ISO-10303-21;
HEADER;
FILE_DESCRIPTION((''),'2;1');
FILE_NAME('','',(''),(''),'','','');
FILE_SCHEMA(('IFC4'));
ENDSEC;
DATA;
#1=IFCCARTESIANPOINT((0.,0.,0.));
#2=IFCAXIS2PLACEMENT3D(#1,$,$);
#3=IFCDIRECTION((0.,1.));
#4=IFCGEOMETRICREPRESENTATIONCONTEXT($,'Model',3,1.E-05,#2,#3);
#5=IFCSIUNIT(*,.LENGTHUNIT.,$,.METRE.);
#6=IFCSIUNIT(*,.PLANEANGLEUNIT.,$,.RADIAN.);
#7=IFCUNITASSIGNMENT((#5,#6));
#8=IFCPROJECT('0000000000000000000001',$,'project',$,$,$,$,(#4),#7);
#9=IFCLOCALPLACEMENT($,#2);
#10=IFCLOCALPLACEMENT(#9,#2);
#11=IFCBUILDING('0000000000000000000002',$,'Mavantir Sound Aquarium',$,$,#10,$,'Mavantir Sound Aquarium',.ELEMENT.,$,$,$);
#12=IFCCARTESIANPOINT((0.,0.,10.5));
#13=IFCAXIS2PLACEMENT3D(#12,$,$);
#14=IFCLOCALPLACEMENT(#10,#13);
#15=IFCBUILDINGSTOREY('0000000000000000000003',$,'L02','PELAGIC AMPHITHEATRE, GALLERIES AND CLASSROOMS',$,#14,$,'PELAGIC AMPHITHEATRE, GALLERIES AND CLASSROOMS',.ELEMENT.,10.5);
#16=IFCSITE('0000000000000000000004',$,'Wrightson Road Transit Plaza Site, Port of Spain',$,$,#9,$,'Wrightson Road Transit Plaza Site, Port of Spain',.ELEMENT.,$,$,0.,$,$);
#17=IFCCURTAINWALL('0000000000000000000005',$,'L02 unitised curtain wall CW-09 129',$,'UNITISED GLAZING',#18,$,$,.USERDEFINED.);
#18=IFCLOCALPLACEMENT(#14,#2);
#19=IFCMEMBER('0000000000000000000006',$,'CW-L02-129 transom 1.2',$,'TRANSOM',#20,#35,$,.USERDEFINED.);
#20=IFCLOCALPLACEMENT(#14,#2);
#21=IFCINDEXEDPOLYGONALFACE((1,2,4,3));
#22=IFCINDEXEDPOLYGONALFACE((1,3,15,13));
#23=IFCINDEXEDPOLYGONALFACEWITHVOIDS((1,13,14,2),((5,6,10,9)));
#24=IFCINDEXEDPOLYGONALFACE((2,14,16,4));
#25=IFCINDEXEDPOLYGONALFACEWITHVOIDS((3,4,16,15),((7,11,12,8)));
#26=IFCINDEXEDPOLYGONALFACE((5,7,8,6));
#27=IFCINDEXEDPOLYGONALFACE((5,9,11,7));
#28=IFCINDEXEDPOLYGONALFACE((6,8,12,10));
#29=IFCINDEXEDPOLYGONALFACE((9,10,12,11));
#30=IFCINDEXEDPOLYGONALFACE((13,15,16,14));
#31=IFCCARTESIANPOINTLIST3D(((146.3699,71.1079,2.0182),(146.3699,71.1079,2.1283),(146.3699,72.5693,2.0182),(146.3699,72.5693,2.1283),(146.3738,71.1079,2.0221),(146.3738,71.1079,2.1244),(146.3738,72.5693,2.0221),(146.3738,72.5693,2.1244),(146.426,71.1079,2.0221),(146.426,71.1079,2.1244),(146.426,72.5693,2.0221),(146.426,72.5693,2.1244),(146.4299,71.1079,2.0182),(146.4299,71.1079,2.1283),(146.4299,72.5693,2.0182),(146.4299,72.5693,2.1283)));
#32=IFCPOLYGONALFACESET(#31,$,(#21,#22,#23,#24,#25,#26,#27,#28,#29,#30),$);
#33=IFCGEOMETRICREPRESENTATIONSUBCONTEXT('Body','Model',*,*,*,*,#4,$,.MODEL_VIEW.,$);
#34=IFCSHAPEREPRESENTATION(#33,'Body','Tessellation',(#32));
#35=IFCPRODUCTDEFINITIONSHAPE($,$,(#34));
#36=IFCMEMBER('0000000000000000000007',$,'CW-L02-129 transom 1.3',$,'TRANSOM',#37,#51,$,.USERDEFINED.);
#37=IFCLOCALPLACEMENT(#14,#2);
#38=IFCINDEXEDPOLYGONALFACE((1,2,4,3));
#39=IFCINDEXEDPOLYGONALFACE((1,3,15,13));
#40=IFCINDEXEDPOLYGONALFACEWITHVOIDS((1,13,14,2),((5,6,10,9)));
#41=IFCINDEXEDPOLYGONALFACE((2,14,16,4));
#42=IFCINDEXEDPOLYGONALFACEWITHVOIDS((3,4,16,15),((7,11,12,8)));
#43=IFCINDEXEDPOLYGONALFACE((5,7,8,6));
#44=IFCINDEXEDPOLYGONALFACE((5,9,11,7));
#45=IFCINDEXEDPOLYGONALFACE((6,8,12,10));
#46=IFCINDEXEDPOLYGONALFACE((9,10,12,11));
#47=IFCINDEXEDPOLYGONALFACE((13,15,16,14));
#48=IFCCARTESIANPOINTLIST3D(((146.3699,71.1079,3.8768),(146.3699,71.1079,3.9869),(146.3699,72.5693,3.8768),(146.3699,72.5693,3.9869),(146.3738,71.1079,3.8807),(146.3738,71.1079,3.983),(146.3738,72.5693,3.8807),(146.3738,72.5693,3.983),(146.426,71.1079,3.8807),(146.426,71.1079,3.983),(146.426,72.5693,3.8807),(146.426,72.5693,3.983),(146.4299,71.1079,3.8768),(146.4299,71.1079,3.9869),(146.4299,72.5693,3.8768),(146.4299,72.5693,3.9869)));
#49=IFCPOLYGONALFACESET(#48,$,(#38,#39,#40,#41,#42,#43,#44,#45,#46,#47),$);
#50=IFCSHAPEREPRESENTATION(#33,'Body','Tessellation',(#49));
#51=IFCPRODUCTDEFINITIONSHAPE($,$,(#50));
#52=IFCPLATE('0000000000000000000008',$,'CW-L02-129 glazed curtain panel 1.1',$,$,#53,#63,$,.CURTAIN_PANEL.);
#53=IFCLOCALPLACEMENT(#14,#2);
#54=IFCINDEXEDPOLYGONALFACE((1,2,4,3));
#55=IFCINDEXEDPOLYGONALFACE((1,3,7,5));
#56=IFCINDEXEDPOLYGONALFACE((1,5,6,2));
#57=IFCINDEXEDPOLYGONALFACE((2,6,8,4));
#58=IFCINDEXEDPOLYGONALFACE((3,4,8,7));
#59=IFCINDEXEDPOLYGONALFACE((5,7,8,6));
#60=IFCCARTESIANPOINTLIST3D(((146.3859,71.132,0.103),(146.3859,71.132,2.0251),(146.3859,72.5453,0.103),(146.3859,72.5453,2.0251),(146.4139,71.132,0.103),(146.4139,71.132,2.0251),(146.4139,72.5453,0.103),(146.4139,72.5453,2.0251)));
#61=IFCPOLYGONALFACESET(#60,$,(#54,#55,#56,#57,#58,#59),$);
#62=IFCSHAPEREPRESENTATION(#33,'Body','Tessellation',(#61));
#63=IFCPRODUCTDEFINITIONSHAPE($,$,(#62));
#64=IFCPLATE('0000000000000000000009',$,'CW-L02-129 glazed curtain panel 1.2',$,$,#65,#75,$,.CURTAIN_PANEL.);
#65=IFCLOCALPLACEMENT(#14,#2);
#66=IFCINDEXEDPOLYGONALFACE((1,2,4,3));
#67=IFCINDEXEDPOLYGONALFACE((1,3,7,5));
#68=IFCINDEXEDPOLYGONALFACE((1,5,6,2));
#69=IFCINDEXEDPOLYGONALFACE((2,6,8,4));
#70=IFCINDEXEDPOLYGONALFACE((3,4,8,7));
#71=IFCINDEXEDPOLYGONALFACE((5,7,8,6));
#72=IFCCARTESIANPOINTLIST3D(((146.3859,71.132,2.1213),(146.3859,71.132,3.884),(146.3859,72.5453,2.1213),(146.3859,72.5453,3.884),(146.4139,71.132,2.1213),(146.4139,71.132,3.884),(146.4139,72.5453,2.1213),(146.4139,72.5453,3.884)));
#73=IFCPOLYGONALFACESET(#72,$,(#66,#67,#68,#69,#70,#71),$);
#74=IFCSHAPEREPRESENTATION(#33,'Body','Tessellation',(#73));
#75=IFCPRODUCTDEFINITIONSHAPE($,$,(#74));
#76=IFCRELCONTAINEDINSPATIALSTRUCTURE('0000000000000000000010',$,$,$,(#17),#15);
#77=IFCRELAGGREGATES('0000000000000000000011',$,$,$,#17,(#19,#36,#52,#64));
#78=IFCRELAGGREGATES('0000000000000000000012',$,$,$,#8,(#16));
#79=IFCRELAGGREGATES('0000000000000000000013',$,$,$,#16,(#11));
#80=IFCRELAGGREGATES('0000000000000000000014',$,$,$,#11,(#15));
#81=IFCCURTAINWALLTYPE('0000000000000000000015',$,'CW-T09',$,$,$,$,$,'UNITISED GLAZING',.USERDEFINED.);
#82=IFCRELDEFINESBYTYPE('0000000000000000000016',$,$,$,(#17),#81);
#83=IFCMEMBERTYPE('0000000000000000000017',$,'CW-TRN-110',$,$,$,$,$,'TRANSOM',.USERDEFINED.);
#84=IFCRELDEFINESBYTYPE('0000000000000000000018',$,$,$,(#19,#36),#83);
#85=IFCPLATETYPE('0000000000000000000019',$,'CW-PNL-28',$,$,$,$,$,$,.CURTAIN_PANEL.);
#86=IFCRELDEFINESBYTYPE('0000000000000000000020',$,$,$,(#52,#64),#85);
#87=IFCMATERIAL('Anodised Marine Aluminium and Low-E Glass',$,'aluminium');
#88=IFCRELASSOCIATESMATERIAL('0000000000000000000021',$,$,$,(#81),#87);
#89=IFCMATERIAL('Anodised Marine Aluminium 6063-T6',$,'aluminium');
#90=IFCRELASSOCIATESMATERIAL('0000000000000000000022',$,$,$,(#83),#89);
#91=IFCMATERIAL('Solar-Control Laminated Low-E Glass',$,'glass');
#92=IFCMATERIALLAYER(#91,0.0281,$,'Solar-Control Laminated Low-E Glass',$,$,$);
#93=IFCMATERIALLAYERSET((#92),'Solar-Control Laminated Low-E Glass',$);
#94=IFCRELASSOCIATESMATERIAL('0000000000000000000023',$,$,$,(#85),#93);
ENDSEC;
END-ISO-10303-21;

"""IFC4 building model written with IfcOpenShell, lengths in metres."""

from ifc_helpers import new_model, si_unit, direction, frame, origin, origin_2d, place, context, subcontext, project, spatial, rectangle, hollow_rectangle, extrude, material, layer, layer_set, material_profile, profile_set, type_object, element, aggregate, save


model = new_model("IFC4")

# Units and contexts
model_context = context("Model", 3, precision=1e-05, world=origin(), true_north=direction((0.0, 1.0)))
body_context = subcontext(model_context, "Body", "Model", "MODEL_VIEW")
ifc_project = project(units=[si_unit("LENGTHUNIT", "METRE"), si_unit("PLANEANGLEUNIT", "RADIAN")], contexts=[model_context])

# Site, building, storey
site_placement = place(None, origin())
site = spatial("IfcSite", under=ifc_project, at=site_placement, Name="Wrightson Road Transit Plaza Site, Port of Spain", LongName="Wrightson Road Transit Plaza Site, Port of Spain", CompositionType="ELEMENT", RefElevation=0.0)
building_placement = place(site_placement, origin())
building = spatial("IfcBuilding", under=site, at=building_placement, Name="Mavantir Sound Aquarium", LongName="Mavantir Sound Aquarium", CompositionType="ELEMENT")
storey_placement = place(building_placement, frame((0.0, 0.0, 10.5)))
storey = spatial("IfcBuildingStorey", under=building, at=storey_placement, Name="L02", Description="PELAGIC AMPHITHEATRE, GALLERIES AND CLASSROOMS", LongName="PELAGIC AMPHITHEATRE, GALLERIES AND CLASSROOMS", CompositionType="ELEMENT", Elevation=10.5)

# Curtain wall, members, plates
ifc_material_1 = material(Name="Anodised Marine Aluminium and Low-E Glass", Category="aluminium")
curtain_wall_type = type_object("IfcCurtainWallType", Name="CW-T09", ElementType="UNITISED GLAZING", PredefinedType="USERDEFINED", material=ifc_material_1)
curtain_wall_placement = place(storey_placement, origin())
curtain_wall = element("IfcCurtainWall", 1, at=curtain_wall_placement, inside=storey, type_object=curtain_wall_type, Name="L02 unitised curtain wall CW-09 129", ObjectType="UNITISED GLAZING", PredefinedType="USERDEFINED")
ifc_material_2 = material(Name="Anodised Marine Aluminium 6063-T6", Category="aluminium")
ifc_material_profile_1 = material_profile(ifc_material_2, hollow_rectangle(XDim=0.0601, YDim=0.1101, WallThickness=0.0039, at=origin_2d()), Name="ALU-TRANSOM-110X60")
ifc_profile_set_1 = profile_set([ifc_material_profile_1], Name="Anodised Marine Aluminium 6063-T6")
member_type_1 = type_object("IfcMemberType", Name="CW-TRN-110", ElementType="TRANSOM", PredefinedType="USERDEFINED", material=ifc_profile_set_1)
member_1_placement = place(storey_placement, frame((146.3999, 71.1079, 2.0732), z_axis=(0.0, 1.0, 0.0), x_axis=(-1.0, 0.0, 0.0)))
member_1 = element("IfcMember", 2, at=member_1_placement, type_object=member_type_1, Name="CW-L02-129 transom 1.2", ObjectType="TRANSOM", PredefinedType="USERDEFINED", context=body_context, shape_type="SweptSolid", body=[
    extrude(hollow_rectangle(XDim=0.0601, YDim=0.1101, WallThickness=0.0039, at=origin_2d()), origin(), (0.0, 0.0, 1.0), 1.4614),
])
member_2_placement = place(storey_placement, frame((146.3999, 71.1079, 3.9319), z_axis=(0.0, 1.0, 0.0), x_axis=(-1.0, 0.0, 0.0)))
member_2 = element("IfcMember", 3, at=member_2_placement, type_object=member_type_1, Name="CW-L02-129 transom 1.3", ObjectType="TRANSOM", PredefinedType="USERDEFINED", context=body_context, shape_type="SweptSolid", body=[
    extrude(hollow_rectangle(XDim=0.0601, YDim=0.1101, WallThickness=0.0039, at=origin_2d()), origin(), (0.0, 0.0, 1.0), 1.4614),
])
ifc_material_3 = material(Name="Solar-Control Laminated Low-E Glass", Category="glass")
ifc_layer = layer(ifc_material_3, 0.0281, Name="Solar-Control Laminated Low-E Glass")
ifc_layer_set = layer_set([ifc_layer], Name="Solar-Control Laminated Low-E Glass")
plate_type = type_object("IfcPlateType", Name="CW-PNL-28", PredefinedType="CURTAIN_PANEL", material=ifc_layer_set)
plate_1_placement = place(storey_placement, frame((146.3999, 71.8386, 0.103), z_axis=(0.0, 0.0, 1.0), x_axis=(0.0, 1.0, 0.0)))
plate_1 = element("IfcPlate", 4, at=plate_1_placement, type_object=plate_type, Name="CW-L02-129 glazed curtain panel 1.1", PredefinedType="CURTAIN_PANEL", context=body_context, shape_type="SweptSolid", body=[
    extrude(rectangle(XDim=1.4133, YDim=0.0281, at=origin_2d()), origin(), (0.0, 0.0, 1.0), 1.9221),
])
plate_2_placement = place(storey_placement, frame((146.3999, 71.8386, 2.1213), z_axis=(0.0, 0.0, 1.0), x_axis=(0.0, 1.0, 0.0)))
plate_2 = element("IfcPlate", 5, at=plate_2_placement, type_object=plate_type, Name="CW-L02-129 glazed curtain panel 1.2", PredefinedType="CURTAIN_PANEL", context=body_context, shape_type="SweptSolid", body=[
    extrude(rectangle(XDim=1.4133, YDim=0.0281, at=origin_2d()), origin(), (0.0, 0.0, 1.0), 1.7627),
])
aggregate(curtain_wall, [member_1, member_2, plate_1, plate_2])

save(model, "model.ifc")
